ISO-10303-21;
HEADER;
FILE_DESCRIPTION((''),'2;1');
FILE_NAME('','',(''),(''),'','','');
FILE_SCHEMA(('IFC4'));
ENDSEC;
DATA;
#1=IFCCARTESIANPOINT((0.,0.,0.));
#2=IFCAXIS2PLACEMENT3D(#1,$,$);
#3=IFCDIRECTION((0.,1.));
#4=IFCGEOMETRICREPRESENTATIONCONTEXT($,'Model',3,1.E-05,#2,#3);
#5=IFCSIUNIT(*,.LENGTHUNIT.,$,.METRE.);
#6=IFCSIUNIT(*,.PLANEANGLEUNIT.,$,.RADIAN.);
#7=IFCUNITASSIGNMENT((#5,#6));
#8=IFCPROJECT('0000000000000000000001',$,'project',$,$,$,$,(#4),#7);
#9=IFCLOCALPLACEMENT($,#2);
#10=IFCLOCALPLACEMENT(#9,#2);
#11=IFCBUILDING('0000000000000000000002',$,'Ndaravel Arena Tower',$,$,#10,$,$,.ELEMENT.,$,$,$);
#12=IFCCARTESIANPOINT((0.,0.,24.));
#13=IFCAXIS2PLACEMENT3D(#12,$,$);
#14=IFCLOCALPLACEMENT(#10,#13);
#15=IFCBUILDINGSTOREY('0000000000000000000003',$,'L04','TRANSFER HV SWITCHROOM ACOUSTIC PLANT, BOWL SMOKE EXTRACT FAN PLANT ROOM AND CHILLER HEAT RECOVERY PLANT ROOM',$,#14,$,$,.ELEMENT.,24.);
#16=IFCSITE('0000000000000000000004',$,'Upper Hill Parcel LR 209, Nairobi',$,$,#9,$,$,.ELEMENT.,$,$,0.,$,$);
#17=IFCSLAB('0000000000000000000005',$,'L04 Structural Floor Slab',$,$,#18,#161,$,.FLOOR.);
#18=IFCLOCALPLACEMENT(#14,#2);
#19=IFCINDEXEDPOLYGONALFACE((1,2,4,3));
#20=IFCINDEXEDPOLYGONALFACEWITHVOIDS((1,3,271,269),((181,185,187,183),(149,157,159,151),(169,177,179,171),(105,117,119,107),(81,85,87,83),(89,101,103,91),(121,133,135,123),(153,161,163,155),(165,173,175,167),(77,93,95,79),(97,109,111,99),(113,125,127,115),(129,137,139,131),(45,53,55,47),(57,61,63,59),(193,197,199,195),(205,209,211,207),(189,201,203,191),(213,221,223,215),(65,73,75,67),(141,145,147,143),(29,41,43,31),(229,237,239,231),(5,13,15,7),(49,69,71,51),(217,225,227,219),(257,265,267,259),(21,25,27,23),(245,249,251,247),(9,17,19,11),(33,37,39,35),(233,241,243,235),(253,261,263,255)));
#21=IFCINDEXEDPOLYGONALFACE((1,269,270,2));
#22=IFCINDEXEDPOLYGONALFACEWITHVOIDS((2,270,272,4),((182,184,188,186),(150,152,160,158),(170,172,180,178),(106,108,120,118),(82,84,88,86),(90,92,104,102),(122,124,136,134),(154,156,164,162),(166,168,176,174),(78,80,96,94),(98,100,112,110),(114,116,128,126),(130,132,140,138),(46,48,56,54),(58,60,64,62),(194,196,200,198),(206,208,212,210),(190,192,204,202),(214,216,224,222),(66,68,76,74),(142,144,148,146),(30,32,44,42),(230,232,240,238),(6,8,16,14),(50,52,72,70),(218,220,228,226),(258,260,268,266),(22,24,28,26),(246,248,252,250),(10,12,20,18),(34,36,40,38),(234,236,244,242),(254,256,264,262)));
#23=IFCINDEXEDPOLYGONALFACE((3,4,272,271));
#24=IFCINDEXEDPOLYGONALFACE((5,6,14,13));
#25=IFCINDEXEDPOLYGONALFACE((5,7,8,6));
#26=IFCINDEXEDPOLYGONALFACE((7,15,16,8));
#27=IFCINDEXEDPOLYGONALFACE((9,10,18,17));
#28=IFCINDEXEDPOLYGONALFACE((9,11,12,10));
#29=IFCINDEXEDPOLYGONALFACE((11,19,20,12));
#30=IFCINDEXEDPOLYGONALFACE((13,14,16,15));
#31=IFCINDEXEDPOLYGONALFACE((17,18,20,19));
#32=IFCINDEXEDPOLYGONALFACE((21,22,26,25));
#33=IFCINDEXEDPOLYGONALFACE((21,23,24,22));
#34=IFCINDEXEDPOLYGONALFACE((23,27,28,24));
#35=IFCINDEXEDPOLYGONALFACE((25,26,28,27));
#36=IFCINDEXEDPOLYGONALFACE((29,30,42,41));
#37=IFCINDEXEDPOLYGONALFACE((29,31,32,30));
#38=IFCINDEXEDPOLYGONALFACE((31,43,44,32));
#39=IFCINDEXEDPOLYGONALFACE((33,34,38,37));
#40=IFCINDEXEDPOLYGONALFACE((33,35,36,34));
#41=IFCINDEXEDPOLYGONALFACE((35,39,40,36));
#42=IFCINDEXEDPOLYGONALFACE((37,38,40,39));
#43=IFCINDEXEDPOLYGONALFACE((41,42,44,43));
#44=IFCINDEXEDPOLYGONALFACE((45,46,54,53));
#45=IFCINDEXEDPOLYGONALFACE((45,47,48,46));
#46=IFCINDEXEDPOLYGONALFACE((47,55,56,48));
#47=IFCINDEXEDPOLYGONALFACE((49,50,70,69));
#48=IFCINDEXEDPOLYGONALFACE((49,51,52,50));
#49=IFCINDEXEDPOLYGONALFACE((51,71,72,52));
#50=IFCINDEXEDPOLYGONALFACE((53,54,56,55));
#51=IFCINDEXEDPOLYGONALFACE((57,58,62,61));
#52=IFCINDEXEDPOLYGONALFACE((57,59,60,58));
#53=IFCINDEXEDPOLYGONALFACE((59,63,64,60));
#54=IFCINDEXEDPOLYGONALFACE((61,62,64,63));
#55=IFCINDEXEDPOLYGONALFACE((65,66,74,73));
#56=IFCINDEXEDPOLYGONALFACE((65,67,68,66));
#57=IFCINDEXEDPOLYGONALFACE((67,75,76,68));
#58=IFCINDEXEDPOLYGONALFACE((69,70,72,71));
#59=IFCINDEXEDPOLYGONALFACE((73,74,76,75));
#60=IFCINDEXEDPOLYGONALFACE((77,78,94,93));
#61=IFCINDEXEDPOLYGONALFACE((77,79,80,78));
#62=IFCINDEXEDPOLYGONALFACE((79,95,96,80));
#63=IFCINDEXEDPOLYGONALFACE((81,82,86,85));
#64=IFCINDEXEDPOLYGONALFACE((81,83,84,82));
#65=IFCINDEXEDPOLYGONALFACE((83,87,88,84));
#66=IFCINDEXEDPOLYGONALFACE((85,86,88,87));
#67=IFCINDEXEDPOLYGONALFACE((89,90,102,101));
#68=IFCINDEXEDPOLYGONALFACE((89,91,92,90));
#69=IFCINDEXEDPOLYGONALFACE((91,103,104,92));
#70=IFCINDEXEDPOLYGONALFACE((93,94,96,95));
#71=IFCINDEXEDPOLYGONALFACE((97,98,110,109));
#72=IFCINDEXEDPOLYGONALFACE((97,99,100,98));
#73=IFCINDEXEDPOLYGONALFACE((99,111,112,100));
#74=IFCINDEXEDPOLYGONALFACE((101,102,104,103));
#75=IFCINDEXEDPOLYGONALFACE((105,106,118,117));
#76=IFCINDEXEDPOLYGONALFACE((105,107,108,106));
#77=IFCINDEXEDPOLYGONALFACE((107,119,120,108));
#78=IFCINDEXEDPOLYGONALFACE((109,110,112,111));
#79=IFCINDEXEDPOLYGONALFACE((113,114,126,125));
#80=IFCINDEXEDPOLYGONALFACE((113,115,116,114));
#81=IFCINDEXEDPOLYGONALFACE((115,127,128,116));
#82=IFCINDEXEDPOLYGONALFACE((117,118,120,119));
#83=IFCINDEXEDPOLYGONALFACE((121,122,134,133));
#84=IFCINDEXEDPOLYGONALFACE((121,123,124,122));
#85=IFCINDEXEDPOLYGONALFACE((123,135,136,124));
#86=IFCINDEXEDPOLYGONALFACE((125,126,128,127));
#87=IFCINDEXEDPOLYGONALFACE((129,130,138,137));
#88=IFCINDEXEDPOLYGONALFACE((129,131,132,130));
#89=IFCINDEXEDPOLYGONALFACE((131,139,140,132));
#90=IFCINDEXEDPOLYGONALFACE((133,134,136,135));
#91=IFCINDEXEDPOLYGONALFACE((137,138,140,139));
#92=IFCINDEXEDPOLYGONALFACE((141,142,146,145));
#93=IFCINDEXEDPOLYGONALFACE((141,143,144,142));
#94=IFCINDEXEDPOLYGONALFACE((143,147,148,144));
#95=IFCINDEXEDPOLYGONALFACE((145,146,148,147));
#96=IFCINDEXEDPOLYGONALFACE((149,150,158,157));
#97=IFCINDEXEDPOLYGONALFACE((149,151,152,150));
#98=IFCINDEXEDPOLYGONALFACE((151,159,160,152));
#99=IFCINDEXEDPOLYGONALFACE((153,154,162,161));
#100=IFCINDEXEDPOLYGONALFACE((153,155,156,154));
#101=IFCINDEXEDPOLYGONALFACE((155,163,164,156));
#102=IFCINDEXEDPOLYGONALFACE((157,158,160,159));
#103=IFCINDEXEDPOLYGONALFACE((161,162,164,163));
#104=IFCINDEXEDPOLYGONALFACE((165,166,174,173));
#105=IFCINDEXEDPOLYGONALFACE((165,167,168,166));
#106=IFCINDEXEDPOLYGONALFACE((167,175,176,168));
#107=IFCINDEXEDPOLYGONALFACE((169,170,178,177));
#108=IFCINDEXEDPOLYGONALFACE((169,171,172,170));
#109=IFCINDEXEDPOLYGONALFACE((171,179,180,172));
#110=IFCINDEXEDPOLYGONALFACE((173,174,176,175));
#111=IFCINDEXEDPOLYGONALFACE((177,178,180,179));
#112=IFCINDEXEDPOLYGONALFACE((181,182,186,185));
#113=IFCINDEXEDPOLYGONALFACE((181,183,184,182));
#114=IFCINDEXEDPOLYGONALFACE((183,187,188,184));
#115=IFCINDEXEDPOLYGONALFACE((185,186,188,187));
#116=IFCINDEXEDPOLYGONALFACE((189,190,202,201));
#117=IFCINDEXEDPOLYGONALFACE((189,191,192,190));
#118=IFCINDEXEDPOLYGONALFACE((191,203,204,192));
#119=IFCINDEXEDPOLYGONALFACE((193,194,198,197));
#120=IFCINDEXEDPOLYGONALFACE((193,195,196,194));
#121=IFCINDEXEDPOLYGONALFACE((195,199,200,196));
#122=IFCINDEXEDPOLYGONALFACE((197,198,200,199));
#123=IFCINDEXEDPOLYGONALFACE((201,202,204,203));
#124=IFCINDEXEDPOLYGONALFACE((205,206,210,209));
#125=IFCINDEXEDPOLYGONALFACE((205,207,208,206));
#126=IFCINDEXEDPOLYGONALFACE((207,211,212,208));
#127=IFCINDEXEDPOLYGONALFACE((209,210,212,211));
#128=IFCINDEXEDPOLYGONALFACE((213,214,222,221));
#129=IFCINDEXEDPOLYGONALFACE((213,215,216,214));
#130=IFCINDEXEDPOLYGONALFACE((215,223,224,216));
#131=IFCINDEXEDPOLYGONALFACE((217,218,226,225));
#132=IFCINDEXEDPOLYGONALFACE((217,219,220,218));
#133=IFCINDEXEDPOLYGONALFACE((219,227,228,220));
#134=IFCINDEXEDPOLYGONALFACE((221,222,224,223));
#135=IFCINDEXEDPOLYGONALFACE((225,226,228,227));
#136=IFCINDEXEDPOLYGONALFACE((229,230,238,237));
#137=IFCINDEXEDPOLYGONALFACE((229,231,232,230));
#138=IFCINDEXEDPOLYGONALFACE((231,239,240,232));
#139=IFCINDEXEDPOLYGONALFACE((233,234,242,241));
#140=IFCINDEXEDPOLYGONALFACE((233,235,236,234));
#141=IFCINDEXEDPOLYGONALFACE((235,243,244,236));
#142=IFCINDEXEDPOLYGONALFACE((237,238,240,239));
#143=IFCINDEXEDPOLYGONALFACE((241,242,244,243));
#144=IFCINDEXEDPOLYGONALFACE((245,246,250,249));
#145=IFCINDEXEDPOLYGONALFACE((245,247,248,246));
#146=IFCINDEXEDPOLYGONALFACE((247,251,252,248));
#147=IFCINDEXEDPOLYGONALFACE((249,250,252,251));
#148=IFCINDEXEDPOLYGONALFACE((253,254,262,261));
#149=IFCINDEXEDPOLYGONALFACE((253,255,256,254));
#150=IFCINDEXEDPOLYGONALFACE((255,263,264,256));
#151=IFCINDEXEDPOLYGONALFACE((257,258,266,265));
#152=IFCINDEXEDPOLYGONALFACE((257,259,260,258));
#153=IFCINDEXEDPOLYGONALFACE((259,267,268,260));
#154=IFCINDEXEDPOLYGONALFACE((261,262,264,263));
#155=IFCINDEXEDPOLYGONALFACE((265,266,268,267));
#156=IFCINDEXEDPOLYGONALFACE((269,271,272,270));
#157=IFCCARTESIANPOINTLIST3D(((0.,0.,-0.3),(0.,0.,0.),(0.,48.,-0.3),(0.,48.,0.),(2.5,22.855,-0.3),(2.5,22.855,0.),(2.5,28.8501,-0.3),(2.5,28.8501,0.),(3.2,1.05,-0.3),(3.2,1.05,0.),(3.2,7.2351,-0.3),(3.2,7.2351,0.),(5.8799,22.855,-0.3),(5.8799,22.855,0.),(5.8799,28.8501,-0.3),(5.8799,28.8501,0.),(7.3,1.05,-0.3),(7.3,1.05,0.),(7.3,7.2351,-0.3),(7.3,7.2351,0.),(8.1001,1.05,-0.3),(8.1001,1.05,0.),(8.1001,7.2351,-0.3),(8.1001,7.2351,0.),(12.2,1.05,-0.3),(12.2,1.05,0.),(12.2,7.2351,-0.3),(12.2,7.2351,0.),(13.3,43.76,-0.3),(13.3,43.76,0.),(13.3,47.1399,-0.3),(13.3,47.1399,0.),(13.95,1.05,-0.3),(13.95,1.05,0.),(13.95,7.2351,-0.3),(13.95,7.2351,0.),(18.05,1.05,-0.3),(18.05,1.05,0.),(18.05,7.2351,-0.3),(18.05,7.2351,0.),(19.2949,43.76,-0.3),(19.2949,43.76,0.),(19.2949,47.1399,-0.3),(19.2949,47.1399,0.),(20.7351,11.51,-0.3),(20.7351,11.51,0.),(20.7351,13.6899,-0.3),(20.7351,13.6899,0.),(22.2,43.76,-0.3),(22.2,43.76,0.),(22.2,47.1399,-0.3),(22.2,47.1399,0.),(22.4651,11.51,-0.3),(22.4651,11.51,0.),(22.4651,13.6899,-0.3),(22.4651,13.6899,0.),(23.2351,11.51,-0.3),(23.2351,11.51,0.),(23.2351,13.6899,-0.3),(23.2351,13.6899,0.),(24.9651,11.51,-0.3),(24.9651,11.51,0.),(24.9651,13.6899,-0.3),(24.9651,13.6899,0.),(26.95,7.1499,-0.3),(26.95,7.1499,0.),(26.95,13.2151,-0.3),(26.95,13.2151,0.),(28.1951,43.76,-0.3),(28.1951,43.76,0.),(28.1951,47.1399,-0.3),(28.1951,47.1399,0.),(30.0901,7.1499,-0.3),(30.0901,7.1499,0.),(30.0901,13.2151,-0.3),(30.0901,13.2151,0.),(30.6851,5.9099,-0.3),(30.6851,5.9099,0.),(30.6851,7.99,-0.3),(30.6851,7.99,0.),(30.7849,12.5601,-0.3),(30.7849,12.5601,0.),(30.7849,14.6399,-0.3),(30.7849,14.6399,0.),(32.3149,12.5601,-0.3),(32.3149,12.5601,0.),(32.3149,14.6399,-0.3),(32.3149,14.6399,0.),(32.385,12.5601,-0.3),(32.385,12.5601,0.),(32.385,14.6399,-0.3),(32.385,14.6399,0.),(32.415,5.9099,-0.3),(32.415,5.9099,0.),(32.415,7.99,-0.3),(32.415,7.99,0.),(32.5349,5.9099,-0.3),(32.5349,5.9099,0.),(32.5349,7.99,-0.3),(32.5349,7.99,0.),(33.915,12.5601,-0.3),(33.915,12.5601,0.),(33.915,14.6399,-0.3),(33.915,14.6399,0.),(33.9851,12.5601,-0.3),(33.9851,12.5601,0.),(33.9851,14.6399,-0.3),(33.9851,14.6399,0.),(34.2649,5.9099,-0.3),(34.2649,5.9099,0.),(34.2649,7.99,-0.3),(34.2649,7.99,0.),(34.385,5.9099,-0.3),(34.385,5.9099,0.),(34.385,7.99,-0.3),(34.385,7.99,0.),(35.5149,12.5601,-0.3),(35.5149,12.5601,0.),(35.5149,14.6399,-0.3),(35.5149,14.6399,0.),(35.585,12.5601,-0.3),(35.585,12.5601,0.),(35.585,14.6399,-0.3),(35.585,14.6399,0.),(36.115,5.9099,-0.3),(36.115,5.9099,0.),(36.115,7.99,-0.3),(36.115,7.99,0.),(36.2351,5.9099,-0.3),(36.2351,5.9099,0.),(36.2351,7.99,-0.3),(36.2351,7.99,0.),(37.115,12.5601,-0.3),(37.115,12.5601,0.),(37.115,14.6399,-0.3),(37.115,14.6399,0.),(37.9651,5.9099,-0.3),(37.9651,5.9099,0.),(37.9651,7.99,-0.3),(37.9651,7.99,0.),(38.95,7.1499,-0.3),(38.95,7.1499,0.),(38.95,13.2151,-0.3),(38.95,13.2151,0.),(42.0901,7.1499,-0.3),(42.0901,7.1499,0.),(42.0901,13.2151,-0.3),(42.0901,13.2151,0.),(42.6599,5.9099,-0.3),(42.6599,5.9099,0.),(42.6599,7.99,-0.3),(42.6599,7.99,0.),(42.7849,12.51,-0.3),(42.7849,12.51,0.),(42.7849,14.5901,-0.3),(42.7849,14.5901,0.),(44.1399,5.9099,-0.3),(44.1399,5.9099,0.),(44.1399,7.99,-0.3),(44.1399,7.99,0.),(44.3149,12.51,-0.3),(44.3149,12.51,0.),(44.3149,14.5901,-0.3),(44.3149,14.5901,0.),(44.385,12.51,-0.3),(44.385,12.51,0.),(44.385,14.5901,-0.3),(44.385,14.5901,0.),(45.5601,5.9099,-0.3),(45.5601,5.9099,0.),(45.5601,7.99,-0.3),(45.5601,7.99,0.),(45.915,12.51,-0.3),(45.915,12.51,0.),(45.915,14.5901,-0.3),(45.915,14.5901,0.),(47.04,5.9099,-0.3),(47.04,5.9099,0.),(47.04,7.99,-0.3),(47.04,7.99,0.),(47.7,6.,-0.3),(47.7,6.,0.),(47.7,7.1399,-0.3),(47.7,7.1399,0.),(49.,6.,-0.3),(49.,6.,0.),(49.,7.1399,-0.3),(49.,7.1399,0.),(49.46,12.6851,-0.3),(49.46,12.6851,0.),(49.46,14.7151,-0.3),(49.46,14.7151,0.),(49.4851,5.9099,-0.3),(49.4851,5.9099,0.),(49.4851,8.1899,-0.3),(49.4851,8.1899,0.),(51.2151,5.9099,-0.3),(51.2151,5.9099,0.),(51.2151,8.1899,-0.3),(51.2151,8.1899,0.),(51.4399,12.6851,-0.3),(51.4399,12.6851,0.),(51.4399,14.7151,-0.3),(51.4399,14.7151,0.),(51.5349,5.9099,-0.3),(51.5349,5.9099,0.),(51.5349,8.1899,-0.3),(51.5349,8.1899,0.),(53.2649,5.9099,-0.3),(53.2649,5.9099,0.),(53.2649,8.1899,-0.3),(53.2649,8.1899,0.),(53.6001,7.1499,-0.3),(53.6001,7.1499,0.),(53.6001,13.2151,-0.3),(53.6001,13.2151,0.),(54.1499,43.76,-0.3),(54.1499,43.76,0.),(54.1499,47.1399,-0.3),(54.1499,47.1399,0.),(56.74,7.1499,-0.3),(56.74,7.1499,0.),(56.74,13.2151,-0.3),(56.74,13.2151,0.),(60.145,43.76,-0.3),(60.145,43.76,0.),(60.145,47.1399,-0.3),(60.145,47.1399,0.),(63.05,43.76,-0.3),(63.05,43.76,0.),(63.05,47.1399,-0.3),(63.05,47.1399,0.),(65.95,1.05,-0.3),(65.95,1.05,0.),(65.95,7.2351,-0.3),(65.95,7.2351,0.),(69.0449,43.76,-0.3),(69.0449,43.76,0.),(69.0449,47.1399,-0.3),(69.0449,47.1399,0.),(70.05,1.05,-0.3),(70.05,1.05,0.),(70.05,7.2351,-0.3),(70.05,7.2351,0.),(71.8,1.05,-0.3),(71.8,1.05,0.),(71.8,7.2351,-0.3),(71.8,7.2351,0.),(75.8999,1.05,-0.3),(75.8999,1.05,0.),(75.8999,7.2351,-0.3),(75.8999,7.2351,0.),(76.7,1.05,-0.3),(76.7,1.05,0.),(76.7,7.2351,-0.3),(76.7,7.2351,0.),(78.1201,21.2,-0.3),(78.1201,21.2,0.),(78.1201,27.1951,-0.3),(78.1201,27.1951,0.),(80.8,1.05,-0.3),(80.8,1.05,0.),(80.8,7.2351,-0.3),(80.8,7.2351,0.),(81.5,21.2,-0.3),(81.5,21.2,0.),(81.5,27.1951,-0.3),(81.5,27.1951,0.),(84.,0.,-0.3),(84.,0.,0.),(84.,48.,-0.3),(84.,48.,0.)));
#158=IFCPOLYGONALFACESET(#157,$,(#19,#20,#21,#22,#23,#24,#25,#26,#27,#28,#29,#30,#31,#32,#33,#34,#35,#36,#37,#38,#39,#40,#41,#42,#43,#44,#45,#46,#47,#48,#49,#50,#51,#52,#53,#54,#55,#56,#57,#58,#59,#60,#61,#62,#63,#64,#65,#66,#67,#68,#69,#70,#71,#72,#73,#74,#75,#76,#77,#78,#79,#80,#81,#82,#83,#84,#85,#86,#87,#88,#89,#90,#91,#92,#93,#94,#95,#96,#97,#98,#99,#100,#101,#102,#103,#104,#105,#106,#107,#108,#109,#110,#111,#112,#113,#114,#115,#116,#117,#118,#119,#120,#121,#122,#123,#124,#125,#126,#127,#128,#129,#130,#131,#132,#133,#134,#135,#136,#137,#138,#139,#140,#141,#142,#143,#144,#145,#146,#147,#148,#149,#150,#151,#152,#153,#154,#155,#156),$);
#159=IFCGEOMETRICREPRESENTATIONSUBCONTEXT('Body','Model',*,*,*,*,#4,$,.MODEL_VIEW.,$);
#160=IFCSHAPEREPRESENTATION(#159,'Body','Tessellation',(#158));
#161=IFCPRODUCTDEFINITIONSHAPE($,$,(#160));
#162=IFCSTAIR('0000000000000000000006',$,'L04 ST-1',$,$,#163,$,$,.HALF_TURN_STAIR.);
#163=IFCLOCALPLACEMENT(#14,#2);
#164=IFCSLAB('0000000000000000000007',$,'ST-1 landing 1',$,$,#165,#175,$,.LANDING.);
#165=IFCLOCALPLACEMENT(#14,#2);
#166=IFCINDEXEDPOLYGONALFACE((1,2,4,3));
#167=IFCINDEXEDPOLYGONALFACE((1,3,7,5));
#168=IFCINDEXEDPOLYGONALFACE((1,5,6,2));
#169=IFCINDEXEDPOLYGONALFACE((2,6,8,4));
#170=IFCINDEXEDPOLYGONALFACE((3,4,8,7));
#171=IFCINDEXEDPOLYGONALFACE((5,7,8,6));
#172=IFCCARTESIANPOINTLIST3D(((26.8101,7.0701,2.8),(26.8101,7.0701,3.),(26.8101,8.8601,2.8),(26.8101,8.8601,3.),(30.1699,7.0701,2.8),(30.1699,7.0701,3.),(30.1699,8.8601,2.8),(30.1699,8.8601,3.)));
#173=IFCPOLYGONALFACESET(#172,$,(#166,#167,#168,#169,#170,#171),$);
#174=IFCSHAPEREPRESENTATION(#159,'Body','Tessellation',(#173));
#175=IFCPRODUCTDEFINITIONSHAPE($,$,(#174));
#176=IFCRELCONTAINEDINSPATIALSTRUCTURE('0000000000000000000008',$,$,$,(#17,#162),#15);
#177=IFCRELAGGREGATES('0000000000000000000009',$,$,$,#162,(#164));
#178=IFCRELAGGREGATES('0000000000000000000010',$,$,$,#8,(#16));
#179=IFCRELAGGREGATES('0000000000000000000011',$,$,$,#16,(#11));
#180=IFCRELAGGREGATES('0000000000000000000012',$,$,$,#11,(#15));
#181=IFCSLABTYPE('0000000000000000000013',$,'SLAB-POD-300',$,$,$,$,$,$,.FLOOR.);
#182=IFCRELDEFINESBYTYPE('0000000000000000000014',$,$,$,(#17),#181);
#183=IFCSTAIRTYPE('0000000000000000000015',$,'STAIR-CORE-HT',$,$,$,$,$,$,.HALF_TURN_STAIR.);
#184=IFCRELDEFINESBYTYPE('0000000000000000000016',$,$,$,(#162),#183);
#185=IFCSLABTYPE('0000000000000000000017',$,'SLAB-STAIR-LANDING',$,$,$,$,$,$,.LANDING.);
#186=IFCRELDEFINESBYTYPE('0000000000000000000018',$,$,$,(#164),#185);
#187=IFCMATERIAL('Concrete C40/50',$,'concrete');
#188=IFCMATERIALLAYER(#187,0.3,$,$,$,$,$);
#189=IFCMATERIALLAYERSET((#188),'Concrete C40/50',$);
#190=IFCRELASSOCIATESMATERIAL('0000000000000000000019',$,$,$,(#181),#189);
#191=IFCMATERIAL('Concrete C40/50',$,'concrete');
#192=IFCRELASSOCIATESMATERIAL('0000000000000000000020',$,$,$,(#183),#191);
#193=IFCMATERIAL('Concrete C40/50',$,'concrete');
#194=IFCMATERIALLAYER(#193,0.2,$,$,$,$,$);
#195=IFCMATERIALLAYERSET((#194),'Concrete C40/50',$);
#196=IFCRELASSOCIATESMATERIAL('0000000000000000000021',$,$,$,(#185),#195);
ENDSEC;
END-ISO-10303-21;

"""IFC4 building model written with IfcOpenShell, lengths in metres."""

from ifc_helpers import new_model, si_unit, direction, frame, origin, place, context, subcontext, project, spatial, polyline, outline, extrude, material, layer, layer_set, type_object, element, aggregate, save


model = new_model("IFC4")

# Units and contexts
model_context = context("Model", 3, precision=1e-05, world=origin(), true_north=direction((0.0, 1.0)))
body_context = subcontext(model_context, "Body", "Model", "MODEL_VIEW")
ifc_project = project(units=[si_unit("LENGTHUNIT", "METRE"), si_unit("PLANEANGLEUNIT", "RADIAN")], contexts=[model_context])

# Site, building, storey
site_placement = place(None, origin())
site = spatial("IfcSite", under=ifc_project, at=site_placement, Name="Upper Hill Parcel LR 209, Nairobi", CompositionType="ELEMENT", RefElevation=0.0)
building_placement = place(site_placement, origin())
building = spatial("IfcBuilding", under=site, at=building_placement, Name="Ndaravel Arena Tower", CompositionType="ELEMENT")
storey_placement = place(building_placement, frame((0.0, 0.0, 24.0)))
storey = spatial("IfcBuildingStorey", under=building, at=storey_placement, Name="L04", Description="TRANSFER HV SWITCHROOM ACOUSTIC PLANT, BOWL SMOKE EXTRACT FAN PLANT ROOM AND CHILLER HEAT RECOVERY PLANT ROOM", CompositionType="ELEMENT", Elevation=24.0)

# Slab
ifc_material_1 = material(Name="Concrete C40/50", Category="concrete")
ifc_layer_1 = layer(ifc_material_1, 0.3)
ifc_layer_set_1 = layer_set([ifc_layer_1], Name="Concrete C40/50")
slab_type_1 = type_object("IfcSlabType", Name="SLAB-POD-300", PredefinedType="FLOOR", material=ifc_layer_set_1)
slab_1_placement = place(storey_placement, frame((0.0, 0.0, -0.3)))
element("IfcSlab", 1, at=slab_1_placement, inside=storey, type_object=slab_type_1, Name="L04 Structural Floor Slab", PredefinedType="FLOOR", context=body_context, shape_type="SweptSolid", body=[
    extrude(outline(polyline([(0.0, 0.0), (84.0, 0.0), (84.0, 48.0), (0.0, 48.0), (0.0, 0.0)]), holes=[polyline([(26.95, 13.2151), (26.95, 7.1499), (30.0901, 7.1499), (30.0901, 13.2151), (26.95, 13.2151)]), polyline([(38.95, 13.2151), (38.95, 7.1499), (42.0901, 7.1499), (42.0901, 13.2151), (38.95, 13.2151)]), polyline([(53.6001, 13.2151), (53.6001, 7.1499), (56.74, 7.1499), (56.74, 13.2151), (53.6001, 13.2151)]), polyline([(3.2, 7.2351), (3.2, 1.05), (7.3, 1.05), (7.3, 7.2351), (3.2, 7.2351)]), polyline([(8.1001, 7.2351), (8.1001, 1.05), (12.2, 1.05), (12.2, 7.2351), (8.1001, 7.2351)]), polyline([(13.95, 7.2351), (13.95, 1.05), (18.05, 1.05), (18.05, 7.2351), (13.95, 7.2351)]), polyline([(65.95, 7.2351), (65.95, 1.05), (70.05, 1.05), (70.05, 7.2351), (65.95, 7.2351)]), polyline([(71.8, 7.2351), (71.8, 1.05), (75.8999, 1.05), (75.8999, 7.2351), (71.8, 7.2351)]), polyline([(76.7, 7.2351), (76.7, 1.05), (80.8, 1.05), (80.8, 7.2351), (76.7, 7.2351)]), polyline([(5.8799, 22.855), (5.8799, 28.8501), (2.5, 28.8501), (2.5, 22.855), (5.8799, 22.855)]), polyline([(19.2949, 47.1399), (13.3, 47.1399), (13.3, 43.76), (19.2949, 43.76), (19.2949, 47.1399)]), polyline([(28.1951, 47.1399), (22.2, 47.1399), (22.2, 43.76), (28.1951, 43.76), (28.1951, 47.1399)]), polyline([(60.145, 47.1399), (54.1499, 47.1399), (54.1499, 43.76), (60.145, 43.76), (60.145, 47.1399)]), polyline([(69.0449, 47.1399), (63.05, 47.1399), (63.05, 43.76), (69.0449, 43.76), (69.0449, 47.1399)]), polyline([(78.1201, 27.1951), (78.1201, 21.2), (81.5, 21.2), (81.5, 27.1951), (78.1201, 27.1951)]), polyline([(30.6851, 5.9099), (32.415, 5.9099), (32.415, 7.99), (30.6851, 7.99), (30.6851, 5.9099)]), polyline([(32.5349, 5.9099), (34.2649, 5.9099), (34.2649, 7.99), (32.5349, 7.99), (32.5349, 5.9099)]), polyline([(34.385, 5.9099), (36.115, 5.9099), (36.115, 7.99), (34.385, 7.99), (34.385, 5.9099)]), polyline([(36.2351, 5.9099), (37.9651, 5.9099), (37.9651, 7.99), (36.2351, 7.99), (36.2351, 5.9099)]), polyline([(30.7849, 12.5601), (32.3149, 12.5601), (32.3149, 14.6399), (30.7849, 14.6399), (30.7849, 12.5601)]), polyline([(32.385, 12.5601), (33.915, 12.5601), (33.915, 14.6399), (32.385, 14.6399), (32.385, 12.5601)]), polyline([(33.9851, 12.5601), (35.5149, 12.5601), (35.5149, 14.6399), (33.9851, 14.6399), (33.9851, 12.5601)]), polyline([(35.585, 12.5601), (37.115, 12.5601), (37.115, 14.6399), (35.585, 14.6399), (35.585, 12.5601)]), polyline([(42.6599, 5.9099), (44.1399, 5.9099), (44.1399, 7.99), (42.6599, 7.99), (42.6599, 5.9099)]), polyline([(45.5601, 5.9099), (47.04, 5.9099), (47.04, 7.99), (45.5601, 7.99), (45.5601, 5.9099)]), polyline([(42.7849, 12.51), (44.3149, 12.51), (44.3149, 14.5901), (42.7849, 14.5901), (42.7849, 12.51)]), polyline([(44.385, 12.51), (45.915, 12.51), (45.915, 14.5901), (44.385, 14.5901), (44.385, 12.51)]), polyline([(49.4851, 5.9099), (51.2151, 5.9099), (51.2151, 8.1899), (49.4851, 8.1899), (49.4851, 5.9099)]), polyline([(51.5349, 5.9099), (53.2649, 5.9099), (53.2649, 8.1899), (51.5349, 8.1899), (51.5349, 5.9099)]), polyline([(49.46, 12.6851), (51.4399, 12.6851), (51.4399, 14.7151), (49.46, 14.7151), (49.46, 12.6851)]), polyline([(20.7351, 11.51), (22.4651, 11.51), (22.4651, 13.6899), (20.7351, 13.6899), (20.7351, 11.51)]), polyline([(23.2351, 11.51), (24.9651, 11.51), (24.9651, 13.6899), (23.2351, 13.6899), (23.2351, 11.51)]), polyline([(47.7, 6.0), (49.0, 6.0), (49.0, 7.1399), (47.7, 7.1399), (47.7, 6.0)])]), origin(), (0.0, 0.0, 1.0), 0.3),
])

# Stair, slab
ifc_material_2 = material(Name="Concrete C40/50", Category="concrete")
stair_type_1 = type_object("IfcStairType", Name="STAIR-CORE-HT", PredefinedType="HALF_TURN_STAIR", material=ifc_material_2)
stair_1_placement = place(storey_placement, origin())
stair_1 = element("IfcStair", 2, at=stair_1_placement, inside=storey, type_object=stair_type_1, Name="L04 ST-1", PredefinedType="HALF_TURN_STAIR")
ifc_material_3 = material(Name="Concrete C40/50", Category="concrete")
ifc_layer_2 = layer(ifc_material_3, 0.2)
ifc_layer_set_2 = layer_set([ifc_layer_2], Name="Concrete C40/50")
slab_type_2 = type_object("IfcSlabType", Name="SLAB-STAIR-LANDING", PredefinedType="LANDING", material=ifc_layer_set_2)
slab_2_placement = place(storey_placement, frame((0.0, 0.0, 2.8)))
slab_2 = element("IfcSlab", 3, at=slab_2_placement, type_object=slab_type_2, Name="ST-1 landing 1", PredefinedType="LANDING", context=body_context, shape_type="SweptSolid", body=[
    extrude(outline(polyline([(26.8101, 8.8601), (26.8101, 7.0701), (30.1699, 7.0701), (30.1699, 8.8601), (26.8101, 8.8601)])), origin(), (0.0, 0.0, 1.0), 0.2),
])
aggregate(stair_1, [slab_2])

save(model, "model.ifc")
